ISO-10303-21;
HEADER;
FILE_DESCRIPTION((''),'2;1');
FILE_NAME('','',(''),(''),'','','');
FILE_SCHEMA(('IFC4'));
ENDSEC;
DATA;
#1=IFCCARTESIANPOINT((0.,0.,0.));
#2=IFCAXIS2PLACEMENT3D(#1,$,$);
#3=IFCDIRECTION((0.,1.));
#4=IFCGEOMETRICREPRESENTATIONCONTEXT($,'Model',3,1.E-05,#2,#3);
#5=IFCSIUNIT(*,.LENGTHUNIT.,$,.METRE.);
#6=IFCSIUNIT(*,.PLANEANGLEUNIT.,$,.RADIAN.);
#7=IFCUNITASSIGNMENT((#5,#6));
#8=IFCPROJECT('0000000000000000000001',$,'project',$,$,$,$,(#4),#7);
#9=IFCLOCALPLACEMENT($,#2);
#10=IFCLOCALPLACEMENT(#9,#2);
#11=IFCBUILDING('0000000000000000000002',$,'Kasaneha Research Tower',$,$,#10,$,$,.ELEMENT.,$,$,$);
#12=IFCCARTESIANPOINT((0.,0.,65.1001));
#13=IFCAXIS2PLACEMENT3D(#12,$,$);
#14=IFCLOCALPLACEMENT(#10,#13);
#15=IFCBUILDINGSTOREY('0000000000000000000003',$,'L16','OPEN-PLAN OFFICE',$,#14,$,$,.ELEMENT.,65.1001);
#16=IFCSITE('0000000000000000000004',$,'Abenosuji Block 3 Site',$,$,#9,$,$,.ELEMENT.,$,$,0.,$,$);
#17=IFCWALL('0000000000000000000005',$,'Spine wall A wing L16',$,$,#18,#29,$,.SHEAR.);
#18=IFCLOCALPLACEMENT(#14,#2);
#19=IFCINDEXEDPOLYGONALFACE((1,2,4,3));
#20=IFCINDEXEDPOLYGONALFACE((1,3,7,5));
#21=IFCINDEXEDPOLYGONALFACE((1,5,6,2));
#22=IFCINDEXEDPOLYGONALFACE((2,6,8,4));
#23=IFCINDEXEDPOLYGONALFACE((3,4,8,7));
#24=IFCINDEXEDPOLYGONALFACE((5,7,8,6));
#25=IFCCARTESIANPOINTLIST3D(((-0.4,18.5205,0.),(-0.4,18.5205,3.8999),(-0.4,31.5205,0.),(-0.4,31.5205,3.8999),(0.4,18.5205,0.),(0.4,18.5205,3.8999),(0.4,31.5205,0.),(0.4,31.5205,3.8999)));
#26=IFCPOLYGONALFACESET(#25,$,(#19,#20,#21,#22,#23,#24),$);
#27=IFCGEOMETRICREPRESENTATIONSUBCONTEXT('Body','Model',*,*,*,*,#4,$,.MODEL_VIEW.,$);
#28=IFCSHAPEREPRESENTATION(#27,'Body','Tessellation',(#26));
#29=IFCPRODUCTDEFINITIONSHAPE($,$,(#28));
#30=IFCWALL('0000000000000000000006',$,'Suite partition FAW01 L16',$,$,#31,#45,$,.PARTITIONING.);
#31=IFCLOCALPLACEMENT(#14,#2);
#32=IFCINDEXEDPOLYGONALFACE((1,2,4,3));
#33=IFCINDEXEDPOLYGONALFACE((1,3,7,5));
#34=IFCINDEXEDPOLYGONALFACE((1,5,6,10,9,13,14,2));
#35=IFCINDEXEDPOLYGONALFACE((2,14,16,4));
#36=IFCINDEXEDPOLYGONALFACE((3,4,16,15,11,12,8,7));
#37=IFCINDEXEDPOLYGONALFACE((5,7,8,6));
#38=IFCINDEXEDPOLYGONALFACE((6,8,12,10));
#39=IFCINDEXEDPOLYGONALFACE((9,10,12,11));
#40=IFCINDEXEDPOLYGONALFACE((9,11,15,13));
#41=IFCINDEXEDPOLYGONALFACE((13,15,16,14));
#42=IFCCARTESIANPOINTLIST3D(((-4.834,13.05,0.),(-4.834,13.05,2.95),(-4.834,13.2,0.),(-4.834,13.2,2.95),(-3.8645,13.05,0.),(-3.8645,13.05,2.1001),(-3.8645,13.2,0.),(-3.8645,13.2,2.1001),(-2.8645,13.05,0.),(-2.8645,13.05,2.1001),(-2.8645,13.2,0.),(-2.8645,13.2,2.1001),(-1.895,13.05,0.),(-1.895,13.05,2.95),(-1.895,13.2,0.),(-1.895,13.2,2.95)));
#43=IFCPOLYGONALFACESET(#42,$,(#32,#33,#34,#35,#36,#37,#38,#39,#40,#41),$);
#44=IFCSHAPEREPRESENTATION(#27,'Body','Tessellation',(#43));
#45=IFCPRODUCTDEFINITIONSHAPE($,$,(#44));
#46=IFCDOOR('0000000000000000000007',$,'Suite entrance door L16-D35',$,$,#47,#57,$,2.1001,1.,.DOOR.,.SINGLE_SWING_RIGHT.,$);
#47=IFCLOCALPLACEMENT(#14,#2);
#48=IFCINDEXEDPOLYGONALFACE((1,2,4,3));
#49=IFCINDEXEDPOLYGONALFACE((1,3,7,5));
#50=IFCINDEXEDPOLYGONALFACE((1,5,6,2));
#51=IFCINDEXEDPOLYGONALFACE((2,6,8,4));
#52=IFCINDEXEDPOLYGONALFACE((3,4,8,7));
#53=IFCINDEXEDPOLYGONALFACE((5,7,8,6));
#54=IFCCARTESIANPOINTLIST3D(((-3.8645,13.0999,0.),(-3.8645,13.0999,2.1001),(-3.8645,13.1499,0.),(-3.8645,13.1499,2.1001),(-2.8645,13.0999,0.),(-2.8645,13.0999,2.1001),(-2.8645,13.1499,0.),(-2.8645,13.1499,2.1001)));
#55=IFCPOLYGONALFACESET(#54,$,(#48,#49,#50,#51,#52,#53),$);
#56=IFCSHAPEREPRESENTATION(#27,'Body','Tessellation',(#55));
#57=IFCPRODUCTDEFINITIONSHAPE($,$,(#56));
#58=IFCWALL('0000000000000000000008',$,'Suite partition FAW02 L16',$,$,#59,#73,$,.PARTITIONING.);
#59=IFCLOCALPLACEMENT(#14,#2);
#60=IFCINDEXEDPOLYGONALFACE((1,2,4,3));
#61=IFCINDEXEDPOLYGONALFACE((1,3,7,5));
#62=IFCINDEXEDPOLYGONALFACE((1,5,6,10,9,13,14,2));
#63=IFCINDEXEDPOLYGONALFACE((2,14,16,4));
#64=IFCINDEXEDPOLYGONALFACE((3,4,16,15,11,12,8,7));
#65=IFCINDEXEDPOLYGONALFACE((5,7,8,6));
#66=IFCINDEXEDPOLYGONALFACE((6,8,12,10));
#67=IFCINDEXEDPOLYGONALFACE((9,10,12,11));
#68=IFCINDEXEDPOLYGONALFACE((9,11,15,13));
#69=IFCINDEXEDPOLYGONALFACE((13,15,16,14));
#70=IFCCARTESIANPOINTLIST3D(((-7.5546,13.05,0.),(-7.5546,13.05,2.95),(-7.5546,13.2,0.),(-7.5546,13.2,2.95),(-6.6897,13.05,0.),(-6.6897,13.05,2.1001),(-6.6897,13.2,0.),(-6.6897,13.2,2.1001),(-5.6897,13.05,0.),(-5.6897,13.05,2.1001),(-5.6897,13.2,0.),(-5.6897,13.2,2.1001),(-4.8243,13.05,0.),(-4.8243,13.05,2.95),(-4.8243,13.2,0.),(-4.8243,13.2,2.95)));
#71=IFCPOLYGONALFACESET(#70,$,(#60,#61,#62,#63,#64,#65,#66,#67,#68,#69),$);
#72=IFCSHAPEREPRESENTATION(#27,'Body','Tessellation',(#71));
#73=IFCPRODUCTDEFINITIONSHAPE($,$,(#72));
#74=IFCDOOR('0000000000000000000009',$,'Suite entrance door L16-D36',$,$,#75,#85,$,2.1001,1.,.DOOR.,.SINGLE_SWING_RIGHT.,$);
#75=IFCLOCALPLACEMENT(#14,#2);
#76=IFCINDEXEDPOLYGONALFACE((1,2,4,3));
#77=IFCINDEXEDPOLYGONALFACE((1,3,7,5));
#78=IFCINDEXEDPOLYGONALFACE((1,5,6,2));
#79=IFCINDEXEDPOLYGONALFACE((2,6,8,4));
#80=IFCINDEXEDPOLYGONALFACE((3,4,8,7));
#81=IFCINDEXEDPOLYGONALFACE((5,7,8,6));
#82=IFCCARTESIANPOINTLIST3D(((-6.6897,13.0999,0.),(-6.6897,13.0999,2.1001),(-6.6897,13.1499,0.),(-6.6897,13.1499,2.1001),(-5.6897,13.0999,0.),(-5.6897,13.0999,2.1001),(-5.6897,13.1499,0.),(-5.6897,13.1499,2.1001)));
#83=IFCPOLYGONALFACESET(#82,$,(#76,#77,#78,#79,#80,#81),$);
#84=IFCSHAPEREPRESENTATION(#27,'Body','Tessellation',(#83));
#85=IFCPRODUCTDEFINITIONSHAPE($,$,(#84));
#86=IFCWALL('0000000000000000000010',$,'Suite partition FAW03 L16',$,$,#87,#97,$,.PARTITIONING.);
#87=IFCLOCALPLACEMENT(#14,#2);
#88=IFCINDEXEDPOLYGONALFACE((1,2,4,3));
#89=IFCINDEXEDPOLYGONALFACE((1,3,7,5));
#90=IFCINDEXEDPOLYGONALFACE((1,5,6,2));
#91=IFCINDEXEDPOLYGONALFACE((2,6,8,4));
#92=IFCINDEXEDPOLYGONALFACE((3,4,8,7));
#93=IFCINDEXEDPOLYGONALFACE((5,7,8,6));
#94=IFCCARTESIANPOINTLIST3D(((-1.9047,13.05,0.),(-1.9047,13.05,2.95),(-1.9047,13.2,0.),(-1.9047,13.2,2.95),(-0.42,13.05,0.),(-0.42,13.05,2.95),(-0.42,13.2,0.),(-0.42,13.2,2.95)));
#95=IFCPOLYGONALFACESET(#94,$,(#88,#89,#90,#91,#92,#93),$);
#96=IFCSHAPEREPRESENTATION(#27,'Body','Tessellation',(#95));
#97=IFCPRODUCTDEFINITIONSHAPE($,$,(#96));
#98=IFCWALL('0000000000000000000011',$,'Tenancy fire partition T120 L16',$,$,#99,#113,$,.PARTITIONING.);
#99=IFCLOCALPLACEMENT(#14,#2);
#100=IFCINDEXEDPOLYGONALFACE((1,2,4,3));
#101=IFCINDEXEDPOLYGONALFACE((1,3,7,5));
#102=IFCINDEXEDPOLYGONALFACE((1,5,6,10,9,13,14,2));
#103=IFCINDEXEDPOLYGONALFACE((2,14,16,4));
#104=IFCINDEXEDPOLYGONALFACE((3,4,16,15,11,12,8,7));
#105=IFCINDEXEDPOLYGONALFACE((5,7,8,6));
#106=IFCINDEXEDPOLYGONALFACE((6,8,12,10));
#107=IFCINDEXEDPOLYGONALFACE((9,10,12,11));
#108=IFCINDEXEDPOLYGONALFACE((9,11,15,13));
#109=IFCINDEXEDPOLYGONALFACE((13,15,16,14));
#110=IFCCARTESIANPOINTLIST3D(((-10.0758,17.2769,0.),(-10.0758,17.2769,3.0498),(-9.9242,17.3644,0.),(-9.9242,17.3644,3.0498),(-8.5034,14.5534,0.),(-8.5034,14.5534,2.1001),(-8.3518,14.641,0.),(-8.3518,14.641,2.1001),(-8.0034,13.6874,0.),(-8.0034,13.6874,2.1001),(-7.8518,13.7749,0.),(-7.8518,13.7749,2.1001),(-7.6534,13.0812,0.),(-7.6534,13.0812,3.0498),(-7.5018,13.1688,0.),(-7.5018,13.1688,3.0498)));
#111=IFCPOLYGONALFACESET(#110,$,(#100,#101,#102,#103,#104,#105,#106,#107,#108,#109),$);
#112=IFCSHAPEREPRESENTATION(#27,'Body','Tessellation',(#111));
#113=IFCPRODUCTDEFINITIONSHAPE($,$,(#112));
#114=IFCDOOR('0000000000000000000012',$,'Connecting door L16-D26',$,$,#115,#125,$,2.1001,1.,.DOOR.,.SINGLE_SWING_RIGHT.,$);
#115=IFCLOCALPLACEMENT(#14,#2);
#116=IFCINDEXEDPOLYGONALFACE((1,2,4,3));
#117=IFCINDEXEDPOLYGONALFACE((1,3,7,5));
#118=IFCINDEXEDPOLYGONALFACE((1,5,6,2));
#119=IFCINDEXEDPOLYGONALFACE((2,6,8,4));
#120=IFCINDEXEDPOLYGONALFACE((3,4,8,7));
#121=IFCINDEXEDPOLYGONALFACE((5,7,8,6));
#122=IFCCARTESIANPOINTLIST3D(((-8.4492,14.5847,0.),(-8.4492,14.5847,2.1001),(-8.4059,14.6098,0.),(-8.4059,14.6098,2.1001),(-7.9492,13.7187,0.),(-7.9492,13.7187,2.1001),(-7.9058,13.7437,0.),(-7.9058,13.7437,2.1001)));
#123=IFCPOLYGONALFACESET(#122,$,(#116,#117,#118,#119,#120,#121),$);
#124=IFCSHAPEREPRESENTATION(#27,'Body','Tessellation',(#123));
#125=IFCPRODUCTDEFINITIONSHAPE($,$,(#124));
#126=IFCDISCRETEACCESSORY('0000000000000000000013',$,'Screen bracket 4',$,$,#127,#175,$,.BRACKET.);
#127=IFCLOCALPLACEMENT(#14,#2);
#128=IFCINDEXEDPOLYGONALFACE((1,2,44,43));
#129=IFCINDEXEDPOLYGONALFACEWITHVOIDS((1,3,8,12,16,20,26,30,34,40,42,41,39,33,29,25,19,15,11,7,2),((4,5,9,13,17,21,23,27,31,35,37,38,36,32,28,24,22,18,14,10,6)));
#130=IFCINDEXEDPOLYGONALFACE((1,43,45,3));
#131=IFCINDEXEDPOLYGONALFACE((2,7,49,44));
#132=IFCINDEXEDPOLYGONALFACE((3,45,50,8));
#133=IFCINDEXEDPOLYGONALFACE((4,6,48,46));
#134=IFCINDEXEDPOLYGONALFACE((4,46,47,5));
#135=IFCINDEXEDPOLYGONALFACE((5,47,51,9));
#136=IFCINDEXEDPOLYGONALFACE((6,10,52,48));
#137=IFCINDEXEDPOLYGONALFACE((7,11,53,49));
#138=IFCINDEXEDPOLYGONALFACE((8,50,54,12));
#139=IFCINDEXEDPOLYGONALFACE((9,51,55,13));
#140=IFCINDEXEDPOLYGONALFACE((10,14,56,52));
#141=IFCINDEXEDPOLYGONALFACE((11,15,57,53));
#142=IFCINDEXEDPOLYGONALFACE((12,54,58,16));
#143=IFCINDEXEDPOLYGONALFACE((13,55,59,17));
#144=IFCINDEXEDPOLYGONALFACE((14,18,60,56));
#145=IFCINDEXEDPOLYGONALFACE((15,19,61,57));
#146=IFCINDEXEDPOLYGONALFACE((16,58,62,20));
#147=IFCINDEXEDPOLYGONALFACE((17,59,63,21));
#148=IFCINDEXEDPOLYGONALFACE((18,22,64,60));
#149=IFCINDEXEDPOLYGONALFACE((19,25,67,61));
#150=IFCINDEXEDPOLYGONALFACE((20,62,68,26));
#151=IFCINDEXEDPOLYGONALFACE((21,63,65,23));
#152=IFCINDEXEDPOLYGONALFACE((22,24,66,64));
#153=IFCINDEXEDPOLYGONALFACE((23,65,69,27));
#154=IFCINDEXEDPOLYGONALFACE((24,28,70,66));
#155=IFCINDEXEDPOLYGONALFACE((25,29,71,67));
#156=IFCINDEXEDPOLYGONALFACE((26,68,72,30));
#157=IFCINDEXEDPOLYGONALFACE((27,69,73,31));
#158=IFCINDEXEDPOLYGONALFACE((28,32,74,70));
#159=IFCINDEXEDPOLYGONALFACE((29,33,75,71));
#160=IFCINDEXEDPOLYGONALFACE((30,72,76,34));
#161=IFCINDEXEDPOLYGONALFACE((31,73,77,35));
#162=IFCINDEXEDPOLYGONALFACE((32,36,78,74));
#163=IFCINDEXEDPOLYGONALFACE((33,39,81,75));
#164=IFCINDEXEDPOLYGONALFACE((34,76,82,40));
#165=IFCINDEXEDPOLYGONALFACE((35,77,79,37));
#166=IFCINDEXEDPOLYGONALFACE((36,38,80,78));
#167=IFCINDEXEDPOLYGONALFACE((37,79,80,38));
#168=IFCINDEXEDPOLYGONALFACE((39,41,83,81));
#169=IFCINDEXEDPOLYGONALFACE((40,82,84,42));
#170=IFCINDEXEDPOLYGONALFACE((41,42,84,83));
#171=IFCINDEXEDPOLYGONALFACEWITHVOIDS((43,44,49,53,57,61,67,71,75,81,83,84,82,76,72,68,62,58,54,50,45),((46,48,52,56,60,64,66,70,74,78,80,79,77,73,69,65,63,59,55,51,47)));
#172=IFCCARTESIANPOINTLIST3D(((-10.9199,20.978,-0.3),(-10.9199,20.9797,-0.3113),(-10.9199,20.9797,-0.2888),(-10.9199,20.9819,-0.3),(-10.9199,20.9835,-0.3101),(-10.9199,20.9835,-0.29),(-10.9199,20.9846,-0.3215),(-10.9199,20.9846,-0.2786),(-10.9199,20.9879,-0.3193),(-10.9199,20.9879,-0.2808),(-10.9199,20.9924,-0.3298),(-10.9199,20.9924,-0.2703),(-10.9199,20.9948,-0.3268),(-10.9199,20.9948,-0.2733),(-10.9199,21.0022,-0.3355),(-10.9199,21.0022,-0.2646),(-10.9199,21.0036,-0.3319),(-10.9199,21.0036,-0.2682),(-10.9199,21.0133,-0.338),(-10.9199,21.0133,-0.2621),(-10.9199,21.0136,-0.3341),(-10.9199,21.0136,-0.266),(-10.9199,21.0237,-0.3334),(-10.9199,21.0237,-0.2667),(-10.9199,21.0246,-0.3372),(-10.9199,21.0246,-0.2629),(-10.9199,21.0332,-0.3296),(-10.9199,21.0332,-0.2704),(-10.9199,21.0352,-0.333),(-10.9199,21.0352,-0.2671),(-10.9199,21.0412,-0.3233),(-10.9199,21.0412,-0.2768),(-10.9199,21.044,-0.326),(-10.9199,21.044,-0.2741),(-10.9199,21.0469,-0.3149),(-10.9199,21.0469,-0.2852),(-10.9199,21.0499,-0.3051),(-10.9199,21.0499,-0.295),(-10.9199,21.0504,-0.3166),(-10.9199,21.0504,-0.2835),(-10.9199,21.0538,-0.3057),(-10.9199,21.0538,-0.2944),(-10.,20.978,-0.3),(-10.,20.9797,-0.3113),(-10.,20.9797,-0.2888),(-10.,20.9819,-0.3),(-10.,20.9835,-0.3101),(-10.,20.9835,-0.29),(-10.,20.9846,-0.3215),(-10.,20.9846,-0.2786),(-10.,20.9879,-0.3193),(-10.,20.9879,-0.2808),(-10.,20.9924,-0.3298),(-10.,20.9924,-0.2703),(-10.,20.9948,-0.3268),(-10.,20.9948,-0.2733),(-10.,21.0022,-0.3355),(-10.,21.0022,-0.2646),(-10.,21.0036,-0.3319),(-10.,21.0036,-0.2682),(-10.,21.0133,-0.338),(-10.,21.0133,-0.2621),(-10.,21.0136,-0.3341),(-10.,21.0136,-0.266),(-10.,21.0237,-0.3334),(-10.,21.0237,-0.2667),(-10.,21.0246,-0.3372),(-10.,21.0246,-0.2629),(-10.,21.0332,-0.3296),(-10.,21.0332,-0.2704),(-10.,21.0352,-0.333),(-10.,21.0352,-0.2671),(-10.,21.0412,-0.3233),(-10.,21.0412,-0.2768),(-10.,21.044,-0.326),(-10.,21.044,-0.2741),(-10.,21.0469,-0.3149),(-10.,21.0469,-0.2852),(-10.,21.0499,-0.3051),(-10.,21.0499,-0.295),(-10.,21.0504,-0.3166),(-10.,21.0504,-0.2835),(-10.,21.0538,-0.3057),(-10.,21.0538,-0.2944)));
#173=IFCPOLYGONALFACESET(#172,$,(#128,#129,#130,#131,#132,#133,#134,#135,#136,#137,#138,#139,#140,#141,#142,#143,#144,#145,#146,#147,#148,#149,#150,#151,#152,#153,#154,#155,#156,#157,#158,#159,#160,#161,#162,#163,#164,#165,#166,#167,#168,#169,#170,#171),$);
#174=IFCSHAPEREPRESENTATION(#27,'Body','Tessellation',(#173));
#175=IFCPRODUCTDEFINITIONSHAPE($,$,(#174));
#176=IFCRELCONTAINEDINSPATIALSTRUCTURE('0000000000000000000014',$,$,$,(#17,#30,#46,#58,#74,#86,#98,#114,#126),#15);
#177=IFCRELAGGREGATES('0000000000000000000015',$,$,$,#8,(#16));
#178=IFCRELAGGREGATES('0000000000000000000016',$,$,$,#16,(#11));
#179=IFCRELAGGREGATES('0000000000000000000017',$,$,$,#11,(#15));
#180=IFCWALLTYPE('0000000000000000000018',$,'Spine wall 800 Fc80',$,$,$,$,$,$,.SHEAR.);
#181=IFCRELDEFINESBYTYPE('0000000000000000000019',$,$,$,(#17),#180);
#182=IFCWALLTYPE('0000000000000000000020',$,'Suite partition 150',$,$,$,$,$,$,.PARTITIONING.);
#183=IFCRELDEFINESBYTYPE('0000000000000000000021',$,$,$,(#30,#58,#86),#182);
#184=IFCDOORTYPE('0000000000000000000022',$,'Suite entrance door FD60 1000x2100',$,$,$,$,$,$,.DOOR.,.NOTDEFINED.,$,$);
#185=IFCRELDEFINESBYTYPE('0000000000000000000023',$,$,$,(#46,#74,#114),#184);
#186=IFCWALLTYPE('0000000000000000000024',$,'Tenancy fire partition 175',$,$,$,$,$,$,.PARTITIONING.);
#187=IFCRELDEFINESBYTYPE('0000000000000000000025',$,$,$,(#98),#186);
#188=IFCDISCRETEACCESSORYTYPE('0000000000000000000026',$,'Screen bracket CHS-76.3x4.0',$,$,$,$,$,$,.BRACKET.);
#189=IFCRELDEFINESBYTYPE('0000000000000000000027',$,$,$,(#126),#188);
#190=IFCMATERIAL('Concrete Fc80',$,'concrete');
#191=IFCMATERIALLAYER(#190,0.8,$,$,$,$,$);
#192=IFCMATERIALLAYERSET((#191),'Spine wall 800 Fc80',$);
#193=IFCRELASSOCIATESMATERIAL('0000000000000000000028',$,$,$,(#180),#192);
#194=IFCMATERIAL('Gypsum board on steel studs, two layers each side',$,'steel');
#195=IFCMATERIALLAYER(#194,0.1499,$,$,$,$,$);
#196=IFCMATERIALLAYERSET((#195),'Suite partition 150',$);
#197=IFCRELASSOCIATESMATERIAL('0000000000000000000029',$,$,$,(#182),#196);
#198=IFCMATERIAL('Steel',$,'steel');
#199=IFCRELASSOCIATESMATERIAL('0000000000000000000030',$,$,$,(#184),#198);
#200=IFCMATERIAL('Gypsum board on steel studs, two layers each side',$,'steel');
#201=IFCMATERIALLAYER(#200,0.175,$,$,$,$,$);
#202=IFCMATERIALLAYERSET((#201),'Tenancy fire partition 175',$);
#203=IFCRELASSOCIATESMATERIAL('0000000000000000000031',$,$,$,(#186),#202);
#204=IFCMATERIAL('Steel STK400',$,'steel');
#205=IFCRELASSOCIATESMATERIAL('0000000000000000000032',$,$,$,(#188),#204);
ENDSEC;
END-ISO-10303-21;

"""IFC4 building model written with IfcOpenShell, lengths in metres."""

from ifc_helpers import new_model, si_unit, direction, frame, frame_2d, origin, origin_2d, place, context, subcontext, project, spatial, rectangle, hollow_circle, extrude, material, layer, layer_set, material_profile, profile_set, type_object, element, fill, save


model = new_model("IFC4")

# Units and contexts
model_context = context("Model", 3, precision=1e-05, world=origin(), true_north=direction((0.0, 1.0)))
body_context = subcontext(model_context, "Body", "Model", "MODEL_VIEW")
ifc_project = project(units=[si_unit("LENGTHUNIT", "METRE"), si_unit("PLANEANGLEUNIT", "RADIAN")], contexts=[model_context])

# Site, building, storey
site_placement = place(None, origin())
site = spatial("IfcSite", under=ifc_project, at=site_placement, Name="Abenosuji Block 3 Site", CompositionType="ELEMENT", RefElevation=0.0)
building_placement = place(site_placement, origin())
building = spatial("IfcBuilding", under=site, at=building_placement, Name="Kasaneha Research Tower", CompositionType="ELEMENT")
storey_placement = place(building_placement, frame((0.0, 0.0, 65.1001)))
storey = spatial("IfcBuildingStorey", under=building, at=storey_placement, Name="L16", Description="OPEN-PLAN OFFICE", CompositionType="ELEMENT", Elevation=65.1001)

# Wall
ifc_material_1 = material(Name="Concrete Fc80", Category="concrete")
ifc_layer_1 = layer(ifc_material_1, 0.8)
ifc_layer_set_1 = layer_set([ifc_layer_1], Name="Spine wall 800 Fc80")
wall_type_1 = type_object("IfcWallType", Name="Spine wall 800 Fc80", PredefinedType="SHEAR", material=ifc_layer_set_1)
wall_1_placement = place(storey_placement, frame((0.0, 18.5205, 0.0), z_axis=(0.0, 0.0, 1.0), x_axis=(0.0, 1.0, 0.0)))
element("IfcWall", 1, at=wall_1_placement, inside=storey, type_object=wall_type_1, Name="Spine wall A wing L16", PredefinedType="SHEAR", context=body_context, shape_type="SweptSolid", body=[
    extrude(rectangle(XDim=13.0, YDim=0.8, at=frame_2d((6.5, 0.0))), origin(), (0.0, 0.0, 1.0), 3.8999),
])

# Walls, openings, doors
ifc_material_2 = material(Name="Gypsum board on steel studs, two layers each side", Category="steel")
ifc_layer_2 = layer(ifc_material_2, 0.1499)
ifc_layer_set_2 = layer_set([ifc_layer_2], Name="Suite partition 150")
wall_type_2 = type_object("IfcWallType", Name="Suite partition 150", PredefinedType="PARTITIONING", material=ifc_layer_set_2)
wall_2_placement = place(storey_placement, frame((-4.834, 13.125, 0.0), z_axis=(0.0, 0.0, 1.0), x_axis=(1.0, 0.0, 0.0)))
wall_2 = element("IfcWall", 2, at=wall_2_placement, inside=storey, type_object=wall_type_2, Name="Suite partition FAW01 L16", PredefinedType="PARTITIONING", context=body_context, shape_type="SweptSolid", body=[
    extrude(rectangle(XDim=2.939, YDim=0.1499, at=frame_2d((1.4695, 0.0))), origin(), (0.0, 0.0, 1.0), 2.95),
])
opening_1_placement = place(wall_2_placement, frame((0.9695, 0.0, 0.0)))
opening_1 = element("IfcOpeningElement", 3, at=opening_1_placement, cuts=wall_2, PredefinedType="OPENING", context=body_context, shape_type="SweptSolid", body=[
    extrude(rectangle(XDim=1.0, YDim=2.1001, at=frame_2d((0.5, 1.05))), frame((0.0, 0.085, 0.0), z_axis=(0.0, -1.0, 0.0), x_axis=(1.0, 0.0, 0.0)), (0.0, 0.0, 1.0), 0.1699),
])
ifc_material_3 = material(Name="Steel", Category="steel")
door_type_1 = type_object("IfcDoorType", Name="Suite entrance door FD60 1000x2100", OperationType="NOTDEFINED", PredefinedType="DOOR", material=ifc_material_3)
door_1_placement = place(opening_1_placement, origin())
door_1 = element("IfcDoor", 4, at=door_1_placement, inside=storey, type_object=door_type_1, Name="Suite entrance door L16-D35", OperationType="SINGLE_SWING_RIGHT", OverallHeight=2.1001, OverallWidth=1.0, PredefinedType="DOOR", context=body_context, shape_type="SweptSolid", body=[
    extrude(rectangle(XDim=1.0, YDim=2.1001, at=frame_2d((0.5, 1.05))), frame((0.0, 0.0249, 0.0), z_axis=(0.0, -1.0, 0.0), x_axis=(1.0, 0.0, 0.0)), (0.0, 0.0, 1.0), 0.05),
])
fill(opening_1, door_1)
wall_3_placement = place(storey_placement, frame((-7.5547, 13.125, 0.0), z_axis=(0.0, 0.0, 1.0), x_axis=(1.0, 0.0, 0.0)))
wall_3 = element("IfcWall", 5, at=wall_3_placement, inside=storey, type_object=wall_type_2, Name="Suite partition FAW02 L16", PredefinedType="PARTITIONING", context=body_context, shape_type="SweptSolid", body=[
    extrude(rectangle(XDim=2.7302, YDim=0.1499, at=frame_2d((1.3652, 0.0))), origin(), (0.0, 0.0, 1.0), 2.95),
])
opening_2_placement = place(wall_3_placement, frame((0.865, 0.0, 0.0)))
opening_2 = element("IfcOpeningElement", 6, at=opening_2_placement, cuts=wall_3, PredefinedType="OPENING", context=body_context, shape_type="SweptSolid", body=[
    extrude(rectangle(XDim=1.0, YDim=2.1001, at=frame_2d((0.5, 1.05))), frame((0.0, 0.085, 0.0), z_axis=(0.0, -1.0, 0.0), x_axis=(1.0, 0.0, 0.0)), (0.0, 0.0, 1.0), 0.1699),
])
door_2_placement = place(opening_2_placement, origin())
door_2 = element("IfcDoor", 7, at=door_2_placement, inside=storey, type_object=door_type_1, Name="Suite entrance door L16-D36", OperationType="SINGLE_SWING_RIGHT", OverallHeight=2.1001, OverallWidth=1.0, PredefinedType="DOOR", context=body_context, shape_type="SweptSolid", body=[
    extrude(rectangle(XDim=1.0, YDim=2.1001, at=frame_2d((0.5, 1.05))), frame((0.0, 0.0249, 0.0), z_axis=(0.0, -1.0, 0.0), x_axis=(1.0, 0.0, 0.0)), (0.0, 0.0, 1.0), 0.05),
])
fill(opening_2, door_2)

# Wall
wall_4_placement = place(storey_placement, frame((-1.9045, 13.125, 0.0), z_axis=(0.0, 0.0, 1.0), x_axis=(1.0, 0.0, 0.0)))
element("IfcWall", 8, at=wall_4_placement, inside=storey, type_object=wall_type_2, Name="Suite partition FAW03 L16", PredefinedType="PARTITIONING", context=body_context, shape_type="SweptSolid", body=[
    extrude(rectangle(XDim=1.4846, YDim=0.1499, at=frame_2d((0.7422, 0.0))), origin(), (0.0, 0.0, 1.0), 2.95),
])

# Wall, opening, door
ifc_material_4 = material(Name="Gypsum board on steel studs, two layers each side", Category="steel")
ifc_layer_3 = layer(ifc_material_4, 0.175)
ifc_layer_set_3 = layer_set([ifc_layer_3], Name="Tenancy fire partition 175")
wall_type_3 = type_object("IfcWallType", Name="Tenancy fire partition 175", PredefinedType="PARTITIONING", material=ifc_layer_set_3)
wall_5_placement = place(storey_placement, frame((-7.5776, 13.125, 0.0), z_axis=(0.0, 0.0, 1.0), x_axis=(-0.500009, 0.86602, 0.0)))
wall_5 = element("IfcWall", 9, at=wall_5_placement, inside=storey, type_object=wall_type_3, Name="Tenancy fire partition T120 L16", PredefinedType="PARTITIONING", context=body_context, shape_type="SweptSolid", body=[
    extrude(rectangle(XDim=4.8447, YDim=0.175, at=frame_2d((2.4224, 0.0))), origin(), (0.0, 0.0, 1.0), 3.0498),
])
opening_3_placement = place(wall_5_placement, frame((0.7, 0.0, 0.0)))
opening_3 = element("IfcOpeningElement", 10, at=opening_3_placement, cuts=wall_5, PredefinedType="OPENING", context=body_context, shape_type="SweptSolid", body=[
    extrude(rectangle(XDim=1.0, YDim=2.1001, at=frame_2d((0.5, 1.05))), frame((0.0, 0.0977, 0.0), z_axis=(0.0, -1.0, 0.0), x_axis=(1.0, 0.0, 0.0)), (0.0, 0.0, 1.0), 0.1951),
])
door_3_placement = place(opening_3_placement, origin())
door_3 = element("IfcDoor", 11, at=door_3_placement, inside=storey, type_object=door_type_1, Name="Connecting door L16-D26", OperationType="SINGLE_SWING_RIGHT", OverallHeight=2.1001, OverallWidth=1.0, PredefinedType="DOOR", context=body_context, shape_type="SweptSolid", body=[
    extrude(rectangle(XDim=1.0, YDim=2.1001, at=frame_2d((0.5, 1.05))), frame((0.0, 0.0249, 0.0), z_axis=(0.0, -1.0, 0.0), x_axis=(1.0, 0.0, 0.0)), (0.0, 0.0, 1.0), 0.05),
])
fill(opening_3, door_3)

# Discrete accessory
ifc_material_5 = material(Name="Steel STK400", Category="steel")
ifc_material_profile_1 = material_profile(ifc_material_5, hollow_circle(Radius=0.0381, WallThickness=0.0039, at=origin_2d()), Name="CHS-76.3x4.0")
ifc_profile_set_1 = profile_set([ifc_material_profile_1], Name="Steel STK400")
discrete_accessory_type = type_object("IfcDiscreteAccessoryType", Name="Screen bracket CHS-76.3x4.0", PredefinedType="BRACKET", material=ifc_profile_set_1)
for number, where, z_axis, x_axis, name in (
    (12, (-10.0, 21.0161, -0.3), (-1.0, 0.0, 0.0), (0.0, -1.0, 0.0), "Screen bracket 4"),
):
    element("IfcDiscreteAccessory", number, at=place(storey_placement, frame(where, z_axis=z_axis, x_axis=x_axis)), inside=storey, type_object=discrete_accessory_type, Name=name, PredefinedType="BRACKET", context=body_context, shape_type="SweptSolid", body=[
        extrude(hollow_circle(Radius=0.0381, WallThickness=0.0039, at=origin_2d()), origin(), (0.0, 0.0, 1.0), 0.9199),
    ])

save(model, "model.ifc")
